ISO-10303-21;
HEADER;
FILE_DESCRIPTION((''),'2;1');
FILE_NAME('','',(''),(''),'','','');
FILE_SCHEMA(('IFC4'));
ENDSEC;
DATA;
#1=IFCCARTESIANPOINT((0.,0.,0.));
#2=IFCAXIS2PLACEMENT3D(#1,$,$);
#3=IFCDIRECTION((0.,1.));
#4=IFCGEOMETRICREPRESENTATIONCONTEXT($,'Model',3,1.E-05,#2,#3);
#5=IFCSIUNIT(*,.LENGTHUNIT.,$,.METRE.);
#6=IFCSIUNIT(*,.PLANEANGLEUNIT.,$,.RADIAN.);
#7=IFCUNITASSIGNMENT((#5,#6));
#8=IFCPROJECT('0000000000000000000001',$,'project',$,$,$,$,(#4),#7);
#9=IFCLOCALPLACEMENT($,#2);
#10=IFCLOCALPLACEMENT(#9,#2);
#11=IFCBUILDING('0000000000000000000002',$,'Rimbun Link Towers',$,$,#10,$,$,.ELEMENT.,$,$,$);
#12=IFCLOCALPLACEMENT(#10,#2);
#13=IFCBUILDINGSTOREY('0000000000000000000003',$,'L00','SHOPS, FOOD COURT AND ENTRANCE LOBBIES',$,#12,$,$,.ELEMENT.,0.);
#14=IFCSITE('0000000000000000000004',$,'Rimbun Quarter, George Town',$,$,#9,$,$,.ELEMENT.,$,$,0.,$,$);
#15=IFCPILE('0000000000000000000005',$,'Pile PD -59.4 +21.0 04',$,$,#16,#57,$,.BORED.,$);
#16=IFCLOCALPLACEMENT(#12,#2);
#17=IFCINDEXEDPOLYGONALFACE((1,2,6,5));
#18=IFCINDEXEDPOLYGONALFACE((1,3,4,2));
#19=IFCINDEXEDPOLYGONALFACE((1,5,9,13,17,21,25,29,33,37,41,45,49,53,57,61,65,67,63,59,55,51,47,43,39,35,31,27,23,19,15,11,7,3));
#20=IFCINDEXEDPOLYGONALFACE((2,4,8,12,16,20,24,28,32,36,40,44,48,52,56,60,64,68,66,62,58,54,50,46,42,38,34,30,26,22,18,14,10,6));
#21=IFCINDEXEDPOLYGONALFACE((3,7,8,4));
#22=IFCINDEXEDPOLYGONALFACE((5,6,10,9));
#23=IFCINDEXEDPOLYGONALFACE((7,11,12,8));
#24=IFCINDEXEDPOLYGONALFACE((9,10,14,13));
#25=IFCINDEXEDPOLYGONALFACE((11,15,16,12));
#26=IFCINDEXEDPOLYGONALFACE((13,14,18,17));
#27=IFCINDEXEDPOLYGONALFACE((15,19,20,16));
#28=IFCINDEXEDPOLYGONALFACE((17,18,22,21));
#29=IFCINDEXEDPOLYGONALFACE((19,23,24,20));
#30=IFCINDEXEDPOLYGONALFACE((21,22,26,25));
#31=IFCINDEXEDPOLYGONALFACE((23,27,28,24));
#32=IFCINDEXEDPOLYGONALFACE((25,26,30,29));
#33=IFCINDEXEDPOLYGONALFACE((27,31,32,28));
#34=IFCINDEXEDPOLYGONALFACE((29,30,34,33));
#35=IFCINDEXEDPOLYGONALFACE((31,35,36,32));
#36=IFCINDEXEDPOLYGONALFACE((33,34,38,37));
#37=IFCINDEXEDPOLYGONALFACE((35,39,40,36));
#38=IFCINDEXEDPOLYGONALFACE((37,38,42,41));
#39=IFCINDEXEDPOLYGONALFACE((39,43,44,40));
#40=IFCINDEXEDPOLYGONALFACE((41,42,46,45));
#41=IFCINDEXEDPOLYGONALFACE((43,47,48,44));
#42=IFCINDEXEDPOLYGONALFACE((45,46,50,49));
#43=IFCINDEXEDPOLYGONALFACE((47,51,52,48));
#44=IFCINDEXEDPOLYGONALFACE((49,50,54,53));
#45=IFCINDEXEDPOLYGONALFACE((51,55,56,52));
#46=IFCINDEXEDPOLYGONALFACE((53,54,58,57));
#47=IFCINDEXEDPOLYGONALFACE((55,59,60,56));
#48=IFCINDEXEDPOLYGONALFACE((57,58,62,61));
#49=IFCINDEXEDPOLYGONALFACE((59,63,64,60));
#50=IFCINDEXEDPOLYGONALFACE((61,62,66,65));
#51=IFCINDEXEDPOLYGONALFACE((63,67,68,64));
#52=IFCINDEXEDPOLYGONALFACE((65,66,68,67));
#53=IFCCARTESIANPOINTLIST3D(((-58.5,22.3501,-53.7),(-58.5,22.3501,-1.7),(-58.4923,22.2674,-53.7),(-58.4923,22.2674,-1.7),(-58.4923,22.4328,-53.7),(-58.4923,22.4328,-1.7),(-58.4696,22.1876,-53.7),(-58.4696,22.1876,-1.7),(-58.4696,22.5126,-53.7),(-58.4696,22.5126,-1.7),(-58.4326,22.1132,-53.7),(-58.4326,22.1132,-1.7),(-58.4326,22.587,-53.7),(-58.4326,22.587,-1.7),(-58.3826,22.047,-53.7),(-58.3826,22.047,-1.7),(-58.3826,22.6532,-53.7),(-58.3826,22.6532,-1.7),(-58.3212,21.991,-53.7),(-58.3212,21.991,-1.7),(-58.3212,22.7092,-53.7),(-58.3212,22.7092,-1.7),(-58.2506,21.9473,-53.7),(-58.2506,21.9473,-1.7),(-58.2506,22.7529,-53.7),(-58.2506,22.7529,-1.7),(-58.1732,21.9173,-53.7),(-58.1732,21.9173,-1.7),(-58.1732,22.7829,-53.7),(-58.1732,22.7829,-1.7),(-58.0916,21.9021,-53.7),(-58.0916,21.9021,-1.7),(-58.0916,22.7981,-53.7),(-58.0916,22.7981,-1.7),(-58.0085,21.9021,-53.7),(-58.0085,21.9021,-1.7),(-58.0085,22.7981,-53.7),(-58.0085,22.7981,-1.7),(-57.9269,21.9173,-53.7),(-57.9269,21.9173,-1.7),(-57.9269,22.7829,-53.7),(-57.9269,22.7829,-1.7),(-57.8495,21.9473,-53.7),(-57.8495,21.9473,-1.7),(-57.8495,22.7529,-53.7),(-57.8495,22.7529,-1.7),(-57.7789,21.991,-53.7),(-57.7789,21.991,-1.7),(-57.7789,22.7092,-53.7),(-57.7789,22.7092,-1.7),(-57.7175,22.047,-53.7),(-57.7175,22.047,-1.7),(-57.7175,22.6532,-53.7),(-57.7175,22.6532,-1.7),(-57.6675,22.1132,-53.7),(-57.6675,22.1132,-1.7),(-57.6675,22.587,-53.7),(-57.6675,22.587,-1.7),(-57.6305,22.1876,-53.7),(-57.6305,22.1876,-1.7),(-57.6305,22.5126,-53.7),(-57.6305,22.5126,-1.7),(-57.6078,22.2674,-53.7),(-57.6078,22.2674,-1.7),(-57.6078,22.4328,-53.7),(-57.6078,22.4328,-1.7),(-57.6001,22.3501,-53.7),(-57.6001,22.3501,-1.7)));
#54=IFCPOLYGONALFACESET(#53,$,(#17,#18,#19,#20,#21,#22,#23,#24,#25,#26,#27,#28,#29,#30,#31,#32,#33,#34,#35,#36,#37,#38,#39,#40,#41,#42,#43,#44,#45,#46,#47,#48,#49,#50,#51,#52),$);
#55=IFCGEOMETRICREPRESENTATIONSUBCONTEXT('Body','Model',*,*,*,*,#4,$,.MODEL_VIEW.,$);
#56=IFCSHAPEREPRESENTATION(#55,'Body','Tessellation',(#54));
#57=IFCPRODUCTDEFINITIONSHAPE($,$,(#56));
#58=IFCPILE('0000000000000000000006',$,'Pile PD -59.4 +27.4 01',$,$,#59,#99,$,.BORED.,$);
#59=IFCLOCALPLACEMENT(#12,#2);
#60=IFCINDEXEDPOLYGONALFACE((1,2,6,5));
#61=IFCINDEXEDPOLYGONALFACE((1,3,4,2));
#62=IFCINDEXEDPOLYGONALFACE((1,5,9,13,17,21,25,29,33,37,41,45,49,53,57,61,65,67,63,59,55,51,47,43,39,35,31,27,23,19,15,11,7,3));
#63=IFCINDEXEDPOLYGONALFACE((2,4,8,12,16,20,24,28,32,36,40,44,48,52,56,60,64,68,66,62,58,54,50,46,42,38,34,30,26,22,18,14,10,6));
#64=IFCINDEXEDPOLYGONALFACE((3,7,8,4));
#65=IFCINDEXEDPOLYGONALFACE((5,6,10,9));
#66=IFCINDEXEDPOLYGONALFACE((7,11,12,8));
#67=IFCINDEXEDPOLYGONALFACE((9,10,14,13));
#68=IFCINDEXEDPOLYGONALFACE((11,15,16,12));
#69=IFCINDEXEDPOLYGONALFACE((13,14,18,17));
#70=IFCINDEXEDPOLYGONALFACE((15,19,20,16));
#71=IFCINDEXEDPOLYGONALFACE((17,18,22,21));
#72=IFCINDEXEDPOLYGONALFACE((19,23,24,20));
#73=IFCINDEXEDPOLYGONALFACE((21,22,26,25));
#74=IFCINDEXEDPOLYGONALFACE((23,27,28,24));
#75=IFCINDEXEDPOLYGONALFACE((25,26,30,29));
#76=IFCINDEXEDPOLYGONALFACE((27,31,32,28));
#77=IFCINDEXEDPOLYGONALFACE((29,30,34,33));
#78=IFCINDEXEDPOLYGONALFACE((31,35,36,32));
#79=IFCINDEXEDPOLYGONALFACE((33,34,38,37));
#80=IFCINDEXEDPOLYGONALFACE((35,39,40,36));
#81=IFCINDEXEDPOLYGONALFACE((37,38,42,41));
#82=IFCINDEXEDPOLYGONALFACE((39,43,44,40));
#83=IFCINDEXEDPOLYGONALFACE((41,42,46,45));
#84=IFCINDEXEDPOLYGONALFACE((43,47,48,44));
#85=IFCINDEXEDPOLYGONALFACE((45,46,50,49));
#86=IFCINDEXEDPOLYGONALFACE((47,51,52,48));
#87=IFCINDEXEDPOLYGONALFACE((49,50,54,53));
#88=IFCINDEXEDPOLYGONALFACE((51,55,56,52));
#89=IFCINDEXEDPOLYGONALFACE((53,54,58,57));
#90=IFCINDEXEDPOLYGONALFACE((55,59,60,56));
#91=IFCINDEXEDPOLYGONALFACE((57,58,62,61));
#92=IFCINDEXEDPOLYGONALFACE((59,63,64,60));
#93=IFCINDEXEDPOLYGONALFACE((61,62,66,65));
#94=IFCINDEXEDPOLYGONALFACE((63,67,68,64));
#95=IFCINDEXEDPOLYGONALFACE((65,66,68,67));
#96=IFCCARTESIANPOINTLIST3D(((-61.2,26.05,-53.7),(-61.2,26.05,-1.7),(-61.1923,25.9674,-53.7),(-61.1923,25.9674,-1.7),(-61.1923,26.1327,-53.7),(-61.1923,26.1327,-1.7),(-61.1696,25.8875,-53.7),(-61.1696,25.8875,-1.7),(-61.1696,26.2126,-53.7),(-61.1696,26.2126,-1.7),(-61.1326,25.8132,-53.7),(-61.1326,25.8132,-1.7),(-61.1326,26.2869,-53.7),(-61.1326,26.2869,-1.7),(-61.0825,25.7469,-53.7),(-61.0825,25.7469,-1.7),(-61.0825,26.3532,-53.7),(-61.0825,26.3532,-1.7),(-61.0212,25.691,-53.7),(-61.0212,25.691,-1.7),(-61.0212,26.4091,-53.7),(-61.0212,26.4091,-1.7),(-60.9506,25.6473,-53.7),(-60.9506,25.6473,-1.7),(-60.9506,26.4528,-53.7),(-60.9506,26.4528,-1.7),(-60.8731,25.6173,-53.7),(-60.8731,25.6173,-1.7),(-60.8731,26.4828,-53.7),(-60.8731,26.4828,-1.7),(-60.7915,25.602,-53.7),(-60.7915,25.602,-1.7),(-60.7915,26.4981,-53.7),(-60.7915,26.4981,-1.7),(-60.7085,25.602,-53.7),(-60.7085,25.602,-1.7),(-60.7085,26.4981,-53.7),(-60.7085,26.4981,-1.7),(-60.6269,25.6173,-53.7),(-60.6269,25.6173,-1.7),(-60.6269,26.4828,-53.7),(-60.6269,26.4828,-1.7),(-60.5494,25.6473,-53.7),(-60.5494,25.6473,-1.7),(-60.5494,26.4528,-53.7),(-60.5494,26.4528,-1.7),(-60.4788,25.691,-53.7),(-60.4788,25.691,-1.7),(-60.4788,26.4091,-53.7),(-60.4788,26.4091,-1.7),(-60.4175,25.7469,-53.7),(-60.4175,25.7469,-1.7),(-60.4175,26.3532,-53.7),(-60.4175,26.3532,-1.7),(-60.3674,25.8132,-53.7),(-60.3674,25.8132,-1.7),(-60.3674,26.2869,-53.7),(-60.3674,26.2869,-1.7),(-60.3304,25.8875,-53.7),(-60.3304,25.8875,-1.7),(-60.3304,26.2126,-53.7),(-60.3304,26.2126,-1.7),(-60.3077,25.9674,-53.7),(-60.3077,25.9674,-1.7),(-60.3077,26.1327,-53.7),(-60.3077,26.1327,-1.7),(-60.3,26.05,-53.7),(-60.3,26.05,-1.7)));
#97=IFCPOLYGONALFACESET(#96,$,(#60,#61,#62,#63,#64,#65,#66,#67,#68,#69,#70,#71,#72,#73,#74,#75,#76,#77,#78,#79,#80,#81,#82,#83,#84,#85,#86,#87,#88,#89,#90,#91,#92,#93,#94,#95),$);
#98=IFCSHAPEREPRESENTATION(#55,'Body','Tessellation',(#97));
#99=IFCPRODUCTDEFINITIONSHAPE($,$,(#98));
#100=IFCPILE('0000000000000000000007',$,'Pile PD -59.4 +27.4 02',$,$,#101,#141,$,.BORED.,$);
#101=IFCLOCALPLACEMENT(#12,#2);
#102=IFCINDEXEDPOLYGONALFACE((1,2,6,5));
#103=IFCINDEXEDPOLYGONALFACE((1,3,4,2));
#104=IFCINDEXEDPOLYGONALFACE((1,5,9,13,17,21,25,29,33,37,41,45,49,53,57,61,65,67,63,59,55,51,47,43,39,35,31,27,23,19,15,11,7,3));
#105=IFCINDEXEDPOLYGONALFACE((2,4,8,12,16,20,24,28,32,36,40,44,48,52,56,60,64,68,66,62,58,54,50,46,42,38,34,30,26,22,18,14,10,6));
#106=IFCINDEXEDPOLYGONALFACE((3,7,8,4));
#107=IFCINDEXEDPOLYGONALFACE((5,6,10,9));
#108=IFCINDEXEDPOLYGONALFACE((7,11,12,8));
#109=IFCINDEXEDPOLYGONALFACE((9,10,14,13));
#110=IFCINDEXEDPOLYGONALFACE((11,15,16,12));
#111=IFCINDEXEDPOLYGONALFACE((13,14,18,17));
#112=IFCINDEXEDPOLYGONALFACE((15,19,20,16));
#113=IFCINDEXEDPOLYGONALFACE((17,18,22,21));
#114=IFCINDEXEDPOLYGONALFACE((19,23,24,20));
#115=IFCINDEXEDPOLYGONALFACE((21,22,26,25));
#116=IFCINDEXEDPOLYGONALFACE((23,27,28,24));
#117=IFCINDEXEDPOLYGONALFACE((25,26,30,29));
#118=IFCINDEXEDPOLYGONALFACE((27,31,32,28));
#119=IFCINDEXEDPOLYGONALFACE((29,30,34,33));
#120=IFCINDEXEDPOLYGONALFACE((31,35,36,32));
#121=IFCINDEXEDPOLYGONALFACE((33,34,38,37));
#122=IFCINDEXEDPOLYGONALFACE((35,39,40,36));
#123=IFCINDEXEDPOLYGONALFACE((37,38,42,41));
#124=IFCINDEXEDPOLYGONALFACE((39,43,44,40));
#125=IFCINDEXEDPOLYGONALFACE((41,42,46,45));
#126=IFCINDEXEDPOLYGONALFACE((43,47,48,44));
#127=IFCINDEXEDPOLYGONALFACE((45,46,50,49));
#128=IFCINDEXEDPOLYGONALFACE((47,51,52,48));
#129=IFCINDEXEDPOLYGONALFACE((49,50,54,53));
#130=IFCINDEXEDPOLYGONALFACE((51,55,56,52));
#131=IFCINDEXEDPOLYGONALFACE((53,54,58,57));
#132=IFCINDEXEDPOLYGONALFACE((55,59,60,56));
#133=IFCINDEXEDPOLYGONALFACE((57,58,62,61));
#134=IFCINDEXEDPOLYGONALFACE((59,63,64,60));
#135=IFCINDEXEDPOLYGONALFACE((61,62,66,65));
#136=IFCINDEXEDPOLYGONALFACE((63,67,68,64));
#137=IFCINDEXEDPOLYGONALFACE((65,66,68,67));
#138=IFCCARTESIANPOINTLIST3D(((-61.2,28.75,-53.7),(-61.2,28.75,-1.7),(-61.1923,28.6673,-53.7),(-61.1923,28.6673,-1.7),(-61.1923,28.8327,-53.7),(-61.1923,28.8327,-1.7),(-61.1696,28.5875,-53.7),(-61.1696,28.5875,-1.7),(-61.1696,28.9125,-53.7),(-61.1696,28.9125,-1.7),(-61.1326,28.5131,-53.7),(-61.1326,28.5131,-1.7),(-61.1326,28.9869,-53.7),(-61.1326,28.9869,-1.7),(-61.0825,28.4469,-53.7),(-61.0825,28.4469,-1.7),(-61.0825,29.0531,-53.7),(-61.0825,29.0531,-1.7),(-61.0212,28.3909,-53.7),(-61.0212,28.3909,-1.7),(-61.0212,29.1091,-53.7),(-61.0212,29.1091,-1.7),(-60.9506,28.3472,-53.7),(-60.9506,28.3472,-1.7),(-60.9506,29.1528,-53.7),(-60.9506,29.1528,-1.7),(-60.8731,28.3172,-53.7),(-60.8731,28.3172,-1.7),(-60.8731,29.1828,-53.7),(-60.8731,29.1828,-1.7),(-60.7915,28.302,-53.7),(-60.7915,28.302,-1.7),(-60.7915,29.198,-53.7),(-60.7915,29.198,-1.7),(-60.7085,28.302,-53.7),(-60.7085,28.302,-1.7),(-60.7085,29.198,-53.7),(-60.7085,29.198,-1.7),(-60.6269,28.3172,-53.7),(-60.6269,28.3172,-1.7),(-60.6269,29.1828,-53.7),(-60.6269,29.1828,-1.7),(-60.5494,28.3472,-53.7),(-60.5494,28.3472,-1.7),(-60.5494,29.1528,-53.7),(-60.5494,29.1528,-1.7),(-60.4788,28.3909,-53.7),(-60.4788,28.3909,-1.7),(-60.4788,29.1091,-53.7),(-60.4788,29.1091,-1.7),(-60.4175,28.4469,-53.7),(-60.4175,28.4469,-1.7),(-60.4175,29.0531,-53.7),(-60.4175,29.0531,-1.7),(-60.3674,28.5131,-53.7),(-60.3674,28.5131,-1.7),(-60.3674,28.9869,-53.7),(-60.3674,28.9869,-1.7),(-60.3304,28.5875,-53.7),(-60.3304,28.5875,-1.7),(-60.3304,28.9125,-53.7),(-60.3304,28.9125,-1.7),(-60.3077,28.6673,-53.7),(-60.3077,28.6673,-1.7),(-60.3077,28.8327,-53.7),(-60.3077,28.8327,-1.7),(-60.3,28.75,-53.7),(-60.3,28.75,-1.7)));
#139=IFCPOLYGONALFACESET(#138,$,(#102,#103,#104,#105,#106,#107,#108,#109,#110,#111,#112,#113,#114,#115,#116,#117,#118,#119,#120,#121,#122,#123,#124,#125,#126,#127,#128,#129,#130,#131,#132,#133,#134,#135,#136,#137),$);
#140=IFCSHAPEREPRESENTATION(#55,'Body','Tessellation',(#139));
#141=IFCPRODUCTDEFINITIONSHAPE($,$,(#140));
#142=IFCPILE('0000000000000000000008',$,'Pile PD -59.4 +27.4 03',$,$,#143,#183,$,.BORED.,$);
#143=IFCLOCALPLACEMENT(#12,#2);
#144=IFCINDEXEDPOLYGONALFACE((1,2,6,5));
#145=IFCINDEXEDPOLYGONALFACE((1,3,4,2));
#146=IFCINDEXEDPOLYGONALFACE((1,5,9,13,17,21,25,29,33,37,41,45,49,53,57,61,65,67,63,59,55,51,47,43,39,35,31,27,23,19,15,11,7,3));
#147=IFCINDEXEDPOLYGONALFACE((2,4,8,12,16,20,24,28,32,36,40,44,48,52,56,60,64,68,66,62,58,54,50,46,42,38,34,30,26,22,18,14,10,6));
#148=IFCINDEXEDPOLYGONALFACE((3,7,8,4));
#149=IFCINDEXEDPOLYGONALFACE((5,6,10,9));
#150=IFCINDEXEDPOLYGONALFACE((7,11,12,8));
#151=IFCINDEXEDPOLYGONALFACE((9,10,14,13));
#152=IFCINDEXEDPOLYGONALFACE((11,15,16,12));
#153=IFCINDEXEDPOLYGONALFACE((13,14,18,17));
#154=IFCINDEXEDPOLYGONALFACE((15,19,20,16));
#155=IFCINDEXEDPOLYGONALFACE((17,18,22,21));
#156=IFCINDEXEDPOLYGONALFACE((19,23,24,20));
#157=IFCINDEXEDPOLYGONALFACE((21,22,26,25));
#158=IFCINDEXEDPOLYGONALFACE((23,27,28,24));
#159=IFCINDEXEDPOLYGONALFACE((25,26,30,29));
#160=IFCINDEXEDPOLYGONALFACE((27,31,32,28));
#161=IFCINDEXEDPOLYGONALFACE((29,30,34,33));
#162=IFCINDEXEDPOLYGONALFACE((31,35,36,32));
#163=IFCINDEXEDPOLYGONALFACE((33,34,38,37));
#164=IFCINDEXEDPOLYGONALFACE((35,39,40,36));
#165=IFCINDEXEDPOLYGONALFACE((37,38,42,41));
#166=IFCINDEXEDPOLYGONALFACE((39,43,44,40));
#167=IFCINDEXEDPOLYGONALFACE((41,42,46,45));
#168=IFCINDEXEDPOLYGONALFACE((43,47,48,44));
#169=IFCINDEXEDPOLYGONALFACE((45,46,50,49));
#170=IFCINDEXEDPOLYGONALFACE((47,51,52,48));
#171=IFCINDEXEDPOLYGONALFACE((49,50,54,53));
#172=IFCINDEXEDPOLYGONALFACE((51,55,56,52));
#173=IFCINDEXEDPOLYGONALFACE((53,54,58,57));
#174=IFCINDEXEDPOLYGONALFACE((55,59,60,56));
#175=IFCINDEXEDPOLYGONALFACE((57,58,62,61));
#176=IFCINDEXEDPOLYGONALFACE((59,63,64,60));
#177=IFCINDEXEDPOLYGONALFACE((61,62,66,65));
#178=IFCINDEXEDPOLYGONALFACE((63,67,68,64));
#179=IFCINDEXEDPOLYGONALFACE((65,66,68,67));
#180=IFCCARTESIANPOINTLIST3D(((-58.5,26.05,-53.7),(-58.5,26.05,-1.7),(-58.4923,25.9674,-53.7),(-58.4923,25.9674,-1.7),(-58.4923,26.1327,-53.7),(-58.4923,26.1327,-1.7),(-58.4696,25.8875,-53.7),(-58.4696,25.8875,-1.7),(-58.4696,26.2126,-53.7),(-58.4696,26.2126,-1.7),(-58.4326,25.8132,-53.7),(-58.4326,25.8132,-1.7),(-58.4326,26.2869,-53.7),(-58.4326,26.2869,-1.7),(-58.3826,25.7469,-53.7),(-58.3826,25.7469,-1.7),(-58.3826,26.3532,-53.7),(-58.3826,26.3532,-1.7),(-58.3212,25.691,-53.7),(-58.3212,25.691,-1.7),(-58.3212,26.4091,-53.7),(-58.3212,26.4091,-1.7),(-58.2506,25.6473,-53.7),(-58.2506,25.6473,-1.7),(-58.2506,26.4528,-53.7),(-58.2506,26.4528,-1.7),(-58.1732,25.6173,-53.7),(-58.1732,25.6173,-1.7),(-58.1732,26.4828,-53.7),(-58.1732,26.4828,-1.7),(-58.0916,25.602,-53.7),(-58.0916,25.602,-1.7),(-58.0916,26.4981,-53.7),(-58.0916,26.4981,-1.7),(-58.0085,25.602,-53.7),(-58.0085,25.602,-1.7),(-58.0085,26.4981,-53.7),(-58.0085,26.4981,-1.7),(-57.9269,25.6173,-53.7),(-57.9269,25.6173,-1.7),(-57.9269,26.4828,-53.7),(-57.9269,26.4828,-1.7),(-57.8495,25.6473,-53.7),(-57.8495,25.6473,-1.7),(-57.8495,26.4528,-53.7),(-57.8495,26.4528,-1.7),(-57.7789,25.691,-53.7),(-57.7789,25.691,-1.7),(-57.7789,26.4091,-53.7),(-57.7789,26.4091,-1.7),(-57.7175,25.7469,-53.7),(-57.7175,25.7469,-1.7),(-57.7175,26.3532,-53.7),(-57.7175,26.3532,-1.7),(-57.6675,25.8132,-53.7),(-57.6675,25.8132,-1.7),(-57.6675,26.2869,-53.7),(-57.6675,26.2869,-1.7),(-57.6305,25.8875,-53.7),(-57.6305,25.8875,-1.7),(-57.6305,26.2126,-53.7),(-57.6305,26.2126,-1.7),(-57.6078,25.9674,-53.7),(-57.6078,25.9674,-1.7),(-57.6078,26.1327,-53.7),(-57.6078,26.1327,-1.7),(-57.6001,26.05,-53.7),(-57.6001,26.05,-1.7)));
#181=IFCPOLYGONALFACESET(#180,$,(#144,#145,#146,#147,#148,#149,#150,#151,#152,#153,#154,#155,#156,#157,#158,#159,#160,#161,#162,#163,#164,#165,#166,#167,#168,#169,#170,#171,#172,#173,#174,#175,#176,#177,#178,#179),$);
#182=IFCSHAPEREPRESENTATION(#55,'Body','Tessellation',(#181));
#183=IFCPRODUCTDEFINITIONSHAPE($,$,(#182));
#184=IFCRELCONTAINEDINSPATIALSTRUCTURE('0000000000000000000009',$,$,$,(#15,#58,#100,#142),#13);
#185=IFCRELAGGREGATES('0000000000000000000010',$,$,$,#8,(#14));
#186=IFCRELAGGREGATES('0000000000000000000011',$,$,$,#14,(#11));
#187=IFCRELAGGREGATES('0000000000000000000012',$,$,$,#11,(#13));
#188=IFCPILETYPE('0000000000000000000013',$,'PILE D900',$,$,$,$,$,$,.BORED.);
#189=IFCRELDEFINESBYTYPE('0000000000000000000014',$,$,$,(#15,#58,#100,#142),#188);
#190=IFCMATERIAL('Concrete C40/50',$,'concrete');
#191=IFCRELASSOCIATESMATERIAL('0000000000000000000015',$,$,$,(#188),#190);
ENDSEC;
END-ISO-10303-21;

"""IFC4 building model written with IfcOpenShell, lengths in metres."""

from ifc_helpers import new_model, si_unit, direction, frame, origin, origin_2d, place, context, subcontext, project, spatial, circle, extrude, material, material_profile, profile_set, type_object, element, save


model = new_model("IFC4")

# Units and contexts
model_context = context("Model", 3, precision=1e-05, world=origin(), true_north=direction((0.0, 1.0)))
body_context = subcontext(model_context, "Body", "Model", "MODEL_VIEW")
ifc_project = project(units=[si_unit("LENGTHUNIT", "METRE"), si_unit("PLANEANGLEUNIT", "RADIAN")], contexts=[model_context])

# Site, building, storey
site_placement = place(None, origin())
site = spatial("IfcSite", under=ifc_project, at=site_placement, Name="Rimbun Quarter, George Town", CompositionType="ELEMENT", RefElevation=0.0)
building_placement = place(site_placement, origin())
building = spatial("IfcBuilding", under=site, at=building_placement, Name="Rimbun Link Towers", CompositionType="ELEMENT")
storey_placement = place(building_placement, origin())
storey = spatial("IfcBuildingStorey", under=building, at=storey_placement, Name="L00", Description="SHOPS, FOOD COURT AND ENTRANCE LOBBIES", CompositionType="ELEMENT", Elevation=0.0)

# Piles
ifc_material_1 = material(Name="Concrete C40/50", Category="concrete")
ifc_material_profile_1 = material_profile(ifc_material_1, circle(Radius=0.45, at=origin_2d()), Name="PILE D900")
ifc_profile_set_1 = profile_set([ifc_material_profile_1], Name="Concrete C40/50")
pile_type = type_object("IfcPileType", Name="PILE D900", PredefinedType="BORED", material=ifc_profile_set_1)
for number, where, z_axis, x_axis, name in (
    (1, (-58.05, 22.3501, -1.7), (0.0, 0.0, -1.0), (1.0, 0.0, 0.0), "Pile PD -59.4 +21.0 04"),
    (2, (-60.75, 26.05, -1.7), (0.0, 0.0, -1.0), (1.0, 0.0, 0.0), "Pile PD -59.4 +27.4 01"),
    (3, (-60.75, 28.75, -1.7), (0.0, 0.0, -1.0), (1.0, 0.0, 0.0), "Pile PD -59.4 +27.4 02"),
    (4, (-58.05, 26.05, -1.7), (0.0, 0.0, -1.0), (1.0, 0.0, 0.0), "Pile PD -59.4 +27.4 03"),
):
    element("IfcPile", number, at=place(storey_placement, frame(where, z_axis=z_axis, x_axis=x_axis)), inside=storey, type_object=pile_type, Name=name, PredefinedType="BORED", context=body_context, shape_type="SweptSolid", body=[
        extrude(circle(Radius=0.45, at=origin_2d()), origin(), (0.0, 0.0, 1.0), 52.0),
    ])

save(model, "model.ifc")
